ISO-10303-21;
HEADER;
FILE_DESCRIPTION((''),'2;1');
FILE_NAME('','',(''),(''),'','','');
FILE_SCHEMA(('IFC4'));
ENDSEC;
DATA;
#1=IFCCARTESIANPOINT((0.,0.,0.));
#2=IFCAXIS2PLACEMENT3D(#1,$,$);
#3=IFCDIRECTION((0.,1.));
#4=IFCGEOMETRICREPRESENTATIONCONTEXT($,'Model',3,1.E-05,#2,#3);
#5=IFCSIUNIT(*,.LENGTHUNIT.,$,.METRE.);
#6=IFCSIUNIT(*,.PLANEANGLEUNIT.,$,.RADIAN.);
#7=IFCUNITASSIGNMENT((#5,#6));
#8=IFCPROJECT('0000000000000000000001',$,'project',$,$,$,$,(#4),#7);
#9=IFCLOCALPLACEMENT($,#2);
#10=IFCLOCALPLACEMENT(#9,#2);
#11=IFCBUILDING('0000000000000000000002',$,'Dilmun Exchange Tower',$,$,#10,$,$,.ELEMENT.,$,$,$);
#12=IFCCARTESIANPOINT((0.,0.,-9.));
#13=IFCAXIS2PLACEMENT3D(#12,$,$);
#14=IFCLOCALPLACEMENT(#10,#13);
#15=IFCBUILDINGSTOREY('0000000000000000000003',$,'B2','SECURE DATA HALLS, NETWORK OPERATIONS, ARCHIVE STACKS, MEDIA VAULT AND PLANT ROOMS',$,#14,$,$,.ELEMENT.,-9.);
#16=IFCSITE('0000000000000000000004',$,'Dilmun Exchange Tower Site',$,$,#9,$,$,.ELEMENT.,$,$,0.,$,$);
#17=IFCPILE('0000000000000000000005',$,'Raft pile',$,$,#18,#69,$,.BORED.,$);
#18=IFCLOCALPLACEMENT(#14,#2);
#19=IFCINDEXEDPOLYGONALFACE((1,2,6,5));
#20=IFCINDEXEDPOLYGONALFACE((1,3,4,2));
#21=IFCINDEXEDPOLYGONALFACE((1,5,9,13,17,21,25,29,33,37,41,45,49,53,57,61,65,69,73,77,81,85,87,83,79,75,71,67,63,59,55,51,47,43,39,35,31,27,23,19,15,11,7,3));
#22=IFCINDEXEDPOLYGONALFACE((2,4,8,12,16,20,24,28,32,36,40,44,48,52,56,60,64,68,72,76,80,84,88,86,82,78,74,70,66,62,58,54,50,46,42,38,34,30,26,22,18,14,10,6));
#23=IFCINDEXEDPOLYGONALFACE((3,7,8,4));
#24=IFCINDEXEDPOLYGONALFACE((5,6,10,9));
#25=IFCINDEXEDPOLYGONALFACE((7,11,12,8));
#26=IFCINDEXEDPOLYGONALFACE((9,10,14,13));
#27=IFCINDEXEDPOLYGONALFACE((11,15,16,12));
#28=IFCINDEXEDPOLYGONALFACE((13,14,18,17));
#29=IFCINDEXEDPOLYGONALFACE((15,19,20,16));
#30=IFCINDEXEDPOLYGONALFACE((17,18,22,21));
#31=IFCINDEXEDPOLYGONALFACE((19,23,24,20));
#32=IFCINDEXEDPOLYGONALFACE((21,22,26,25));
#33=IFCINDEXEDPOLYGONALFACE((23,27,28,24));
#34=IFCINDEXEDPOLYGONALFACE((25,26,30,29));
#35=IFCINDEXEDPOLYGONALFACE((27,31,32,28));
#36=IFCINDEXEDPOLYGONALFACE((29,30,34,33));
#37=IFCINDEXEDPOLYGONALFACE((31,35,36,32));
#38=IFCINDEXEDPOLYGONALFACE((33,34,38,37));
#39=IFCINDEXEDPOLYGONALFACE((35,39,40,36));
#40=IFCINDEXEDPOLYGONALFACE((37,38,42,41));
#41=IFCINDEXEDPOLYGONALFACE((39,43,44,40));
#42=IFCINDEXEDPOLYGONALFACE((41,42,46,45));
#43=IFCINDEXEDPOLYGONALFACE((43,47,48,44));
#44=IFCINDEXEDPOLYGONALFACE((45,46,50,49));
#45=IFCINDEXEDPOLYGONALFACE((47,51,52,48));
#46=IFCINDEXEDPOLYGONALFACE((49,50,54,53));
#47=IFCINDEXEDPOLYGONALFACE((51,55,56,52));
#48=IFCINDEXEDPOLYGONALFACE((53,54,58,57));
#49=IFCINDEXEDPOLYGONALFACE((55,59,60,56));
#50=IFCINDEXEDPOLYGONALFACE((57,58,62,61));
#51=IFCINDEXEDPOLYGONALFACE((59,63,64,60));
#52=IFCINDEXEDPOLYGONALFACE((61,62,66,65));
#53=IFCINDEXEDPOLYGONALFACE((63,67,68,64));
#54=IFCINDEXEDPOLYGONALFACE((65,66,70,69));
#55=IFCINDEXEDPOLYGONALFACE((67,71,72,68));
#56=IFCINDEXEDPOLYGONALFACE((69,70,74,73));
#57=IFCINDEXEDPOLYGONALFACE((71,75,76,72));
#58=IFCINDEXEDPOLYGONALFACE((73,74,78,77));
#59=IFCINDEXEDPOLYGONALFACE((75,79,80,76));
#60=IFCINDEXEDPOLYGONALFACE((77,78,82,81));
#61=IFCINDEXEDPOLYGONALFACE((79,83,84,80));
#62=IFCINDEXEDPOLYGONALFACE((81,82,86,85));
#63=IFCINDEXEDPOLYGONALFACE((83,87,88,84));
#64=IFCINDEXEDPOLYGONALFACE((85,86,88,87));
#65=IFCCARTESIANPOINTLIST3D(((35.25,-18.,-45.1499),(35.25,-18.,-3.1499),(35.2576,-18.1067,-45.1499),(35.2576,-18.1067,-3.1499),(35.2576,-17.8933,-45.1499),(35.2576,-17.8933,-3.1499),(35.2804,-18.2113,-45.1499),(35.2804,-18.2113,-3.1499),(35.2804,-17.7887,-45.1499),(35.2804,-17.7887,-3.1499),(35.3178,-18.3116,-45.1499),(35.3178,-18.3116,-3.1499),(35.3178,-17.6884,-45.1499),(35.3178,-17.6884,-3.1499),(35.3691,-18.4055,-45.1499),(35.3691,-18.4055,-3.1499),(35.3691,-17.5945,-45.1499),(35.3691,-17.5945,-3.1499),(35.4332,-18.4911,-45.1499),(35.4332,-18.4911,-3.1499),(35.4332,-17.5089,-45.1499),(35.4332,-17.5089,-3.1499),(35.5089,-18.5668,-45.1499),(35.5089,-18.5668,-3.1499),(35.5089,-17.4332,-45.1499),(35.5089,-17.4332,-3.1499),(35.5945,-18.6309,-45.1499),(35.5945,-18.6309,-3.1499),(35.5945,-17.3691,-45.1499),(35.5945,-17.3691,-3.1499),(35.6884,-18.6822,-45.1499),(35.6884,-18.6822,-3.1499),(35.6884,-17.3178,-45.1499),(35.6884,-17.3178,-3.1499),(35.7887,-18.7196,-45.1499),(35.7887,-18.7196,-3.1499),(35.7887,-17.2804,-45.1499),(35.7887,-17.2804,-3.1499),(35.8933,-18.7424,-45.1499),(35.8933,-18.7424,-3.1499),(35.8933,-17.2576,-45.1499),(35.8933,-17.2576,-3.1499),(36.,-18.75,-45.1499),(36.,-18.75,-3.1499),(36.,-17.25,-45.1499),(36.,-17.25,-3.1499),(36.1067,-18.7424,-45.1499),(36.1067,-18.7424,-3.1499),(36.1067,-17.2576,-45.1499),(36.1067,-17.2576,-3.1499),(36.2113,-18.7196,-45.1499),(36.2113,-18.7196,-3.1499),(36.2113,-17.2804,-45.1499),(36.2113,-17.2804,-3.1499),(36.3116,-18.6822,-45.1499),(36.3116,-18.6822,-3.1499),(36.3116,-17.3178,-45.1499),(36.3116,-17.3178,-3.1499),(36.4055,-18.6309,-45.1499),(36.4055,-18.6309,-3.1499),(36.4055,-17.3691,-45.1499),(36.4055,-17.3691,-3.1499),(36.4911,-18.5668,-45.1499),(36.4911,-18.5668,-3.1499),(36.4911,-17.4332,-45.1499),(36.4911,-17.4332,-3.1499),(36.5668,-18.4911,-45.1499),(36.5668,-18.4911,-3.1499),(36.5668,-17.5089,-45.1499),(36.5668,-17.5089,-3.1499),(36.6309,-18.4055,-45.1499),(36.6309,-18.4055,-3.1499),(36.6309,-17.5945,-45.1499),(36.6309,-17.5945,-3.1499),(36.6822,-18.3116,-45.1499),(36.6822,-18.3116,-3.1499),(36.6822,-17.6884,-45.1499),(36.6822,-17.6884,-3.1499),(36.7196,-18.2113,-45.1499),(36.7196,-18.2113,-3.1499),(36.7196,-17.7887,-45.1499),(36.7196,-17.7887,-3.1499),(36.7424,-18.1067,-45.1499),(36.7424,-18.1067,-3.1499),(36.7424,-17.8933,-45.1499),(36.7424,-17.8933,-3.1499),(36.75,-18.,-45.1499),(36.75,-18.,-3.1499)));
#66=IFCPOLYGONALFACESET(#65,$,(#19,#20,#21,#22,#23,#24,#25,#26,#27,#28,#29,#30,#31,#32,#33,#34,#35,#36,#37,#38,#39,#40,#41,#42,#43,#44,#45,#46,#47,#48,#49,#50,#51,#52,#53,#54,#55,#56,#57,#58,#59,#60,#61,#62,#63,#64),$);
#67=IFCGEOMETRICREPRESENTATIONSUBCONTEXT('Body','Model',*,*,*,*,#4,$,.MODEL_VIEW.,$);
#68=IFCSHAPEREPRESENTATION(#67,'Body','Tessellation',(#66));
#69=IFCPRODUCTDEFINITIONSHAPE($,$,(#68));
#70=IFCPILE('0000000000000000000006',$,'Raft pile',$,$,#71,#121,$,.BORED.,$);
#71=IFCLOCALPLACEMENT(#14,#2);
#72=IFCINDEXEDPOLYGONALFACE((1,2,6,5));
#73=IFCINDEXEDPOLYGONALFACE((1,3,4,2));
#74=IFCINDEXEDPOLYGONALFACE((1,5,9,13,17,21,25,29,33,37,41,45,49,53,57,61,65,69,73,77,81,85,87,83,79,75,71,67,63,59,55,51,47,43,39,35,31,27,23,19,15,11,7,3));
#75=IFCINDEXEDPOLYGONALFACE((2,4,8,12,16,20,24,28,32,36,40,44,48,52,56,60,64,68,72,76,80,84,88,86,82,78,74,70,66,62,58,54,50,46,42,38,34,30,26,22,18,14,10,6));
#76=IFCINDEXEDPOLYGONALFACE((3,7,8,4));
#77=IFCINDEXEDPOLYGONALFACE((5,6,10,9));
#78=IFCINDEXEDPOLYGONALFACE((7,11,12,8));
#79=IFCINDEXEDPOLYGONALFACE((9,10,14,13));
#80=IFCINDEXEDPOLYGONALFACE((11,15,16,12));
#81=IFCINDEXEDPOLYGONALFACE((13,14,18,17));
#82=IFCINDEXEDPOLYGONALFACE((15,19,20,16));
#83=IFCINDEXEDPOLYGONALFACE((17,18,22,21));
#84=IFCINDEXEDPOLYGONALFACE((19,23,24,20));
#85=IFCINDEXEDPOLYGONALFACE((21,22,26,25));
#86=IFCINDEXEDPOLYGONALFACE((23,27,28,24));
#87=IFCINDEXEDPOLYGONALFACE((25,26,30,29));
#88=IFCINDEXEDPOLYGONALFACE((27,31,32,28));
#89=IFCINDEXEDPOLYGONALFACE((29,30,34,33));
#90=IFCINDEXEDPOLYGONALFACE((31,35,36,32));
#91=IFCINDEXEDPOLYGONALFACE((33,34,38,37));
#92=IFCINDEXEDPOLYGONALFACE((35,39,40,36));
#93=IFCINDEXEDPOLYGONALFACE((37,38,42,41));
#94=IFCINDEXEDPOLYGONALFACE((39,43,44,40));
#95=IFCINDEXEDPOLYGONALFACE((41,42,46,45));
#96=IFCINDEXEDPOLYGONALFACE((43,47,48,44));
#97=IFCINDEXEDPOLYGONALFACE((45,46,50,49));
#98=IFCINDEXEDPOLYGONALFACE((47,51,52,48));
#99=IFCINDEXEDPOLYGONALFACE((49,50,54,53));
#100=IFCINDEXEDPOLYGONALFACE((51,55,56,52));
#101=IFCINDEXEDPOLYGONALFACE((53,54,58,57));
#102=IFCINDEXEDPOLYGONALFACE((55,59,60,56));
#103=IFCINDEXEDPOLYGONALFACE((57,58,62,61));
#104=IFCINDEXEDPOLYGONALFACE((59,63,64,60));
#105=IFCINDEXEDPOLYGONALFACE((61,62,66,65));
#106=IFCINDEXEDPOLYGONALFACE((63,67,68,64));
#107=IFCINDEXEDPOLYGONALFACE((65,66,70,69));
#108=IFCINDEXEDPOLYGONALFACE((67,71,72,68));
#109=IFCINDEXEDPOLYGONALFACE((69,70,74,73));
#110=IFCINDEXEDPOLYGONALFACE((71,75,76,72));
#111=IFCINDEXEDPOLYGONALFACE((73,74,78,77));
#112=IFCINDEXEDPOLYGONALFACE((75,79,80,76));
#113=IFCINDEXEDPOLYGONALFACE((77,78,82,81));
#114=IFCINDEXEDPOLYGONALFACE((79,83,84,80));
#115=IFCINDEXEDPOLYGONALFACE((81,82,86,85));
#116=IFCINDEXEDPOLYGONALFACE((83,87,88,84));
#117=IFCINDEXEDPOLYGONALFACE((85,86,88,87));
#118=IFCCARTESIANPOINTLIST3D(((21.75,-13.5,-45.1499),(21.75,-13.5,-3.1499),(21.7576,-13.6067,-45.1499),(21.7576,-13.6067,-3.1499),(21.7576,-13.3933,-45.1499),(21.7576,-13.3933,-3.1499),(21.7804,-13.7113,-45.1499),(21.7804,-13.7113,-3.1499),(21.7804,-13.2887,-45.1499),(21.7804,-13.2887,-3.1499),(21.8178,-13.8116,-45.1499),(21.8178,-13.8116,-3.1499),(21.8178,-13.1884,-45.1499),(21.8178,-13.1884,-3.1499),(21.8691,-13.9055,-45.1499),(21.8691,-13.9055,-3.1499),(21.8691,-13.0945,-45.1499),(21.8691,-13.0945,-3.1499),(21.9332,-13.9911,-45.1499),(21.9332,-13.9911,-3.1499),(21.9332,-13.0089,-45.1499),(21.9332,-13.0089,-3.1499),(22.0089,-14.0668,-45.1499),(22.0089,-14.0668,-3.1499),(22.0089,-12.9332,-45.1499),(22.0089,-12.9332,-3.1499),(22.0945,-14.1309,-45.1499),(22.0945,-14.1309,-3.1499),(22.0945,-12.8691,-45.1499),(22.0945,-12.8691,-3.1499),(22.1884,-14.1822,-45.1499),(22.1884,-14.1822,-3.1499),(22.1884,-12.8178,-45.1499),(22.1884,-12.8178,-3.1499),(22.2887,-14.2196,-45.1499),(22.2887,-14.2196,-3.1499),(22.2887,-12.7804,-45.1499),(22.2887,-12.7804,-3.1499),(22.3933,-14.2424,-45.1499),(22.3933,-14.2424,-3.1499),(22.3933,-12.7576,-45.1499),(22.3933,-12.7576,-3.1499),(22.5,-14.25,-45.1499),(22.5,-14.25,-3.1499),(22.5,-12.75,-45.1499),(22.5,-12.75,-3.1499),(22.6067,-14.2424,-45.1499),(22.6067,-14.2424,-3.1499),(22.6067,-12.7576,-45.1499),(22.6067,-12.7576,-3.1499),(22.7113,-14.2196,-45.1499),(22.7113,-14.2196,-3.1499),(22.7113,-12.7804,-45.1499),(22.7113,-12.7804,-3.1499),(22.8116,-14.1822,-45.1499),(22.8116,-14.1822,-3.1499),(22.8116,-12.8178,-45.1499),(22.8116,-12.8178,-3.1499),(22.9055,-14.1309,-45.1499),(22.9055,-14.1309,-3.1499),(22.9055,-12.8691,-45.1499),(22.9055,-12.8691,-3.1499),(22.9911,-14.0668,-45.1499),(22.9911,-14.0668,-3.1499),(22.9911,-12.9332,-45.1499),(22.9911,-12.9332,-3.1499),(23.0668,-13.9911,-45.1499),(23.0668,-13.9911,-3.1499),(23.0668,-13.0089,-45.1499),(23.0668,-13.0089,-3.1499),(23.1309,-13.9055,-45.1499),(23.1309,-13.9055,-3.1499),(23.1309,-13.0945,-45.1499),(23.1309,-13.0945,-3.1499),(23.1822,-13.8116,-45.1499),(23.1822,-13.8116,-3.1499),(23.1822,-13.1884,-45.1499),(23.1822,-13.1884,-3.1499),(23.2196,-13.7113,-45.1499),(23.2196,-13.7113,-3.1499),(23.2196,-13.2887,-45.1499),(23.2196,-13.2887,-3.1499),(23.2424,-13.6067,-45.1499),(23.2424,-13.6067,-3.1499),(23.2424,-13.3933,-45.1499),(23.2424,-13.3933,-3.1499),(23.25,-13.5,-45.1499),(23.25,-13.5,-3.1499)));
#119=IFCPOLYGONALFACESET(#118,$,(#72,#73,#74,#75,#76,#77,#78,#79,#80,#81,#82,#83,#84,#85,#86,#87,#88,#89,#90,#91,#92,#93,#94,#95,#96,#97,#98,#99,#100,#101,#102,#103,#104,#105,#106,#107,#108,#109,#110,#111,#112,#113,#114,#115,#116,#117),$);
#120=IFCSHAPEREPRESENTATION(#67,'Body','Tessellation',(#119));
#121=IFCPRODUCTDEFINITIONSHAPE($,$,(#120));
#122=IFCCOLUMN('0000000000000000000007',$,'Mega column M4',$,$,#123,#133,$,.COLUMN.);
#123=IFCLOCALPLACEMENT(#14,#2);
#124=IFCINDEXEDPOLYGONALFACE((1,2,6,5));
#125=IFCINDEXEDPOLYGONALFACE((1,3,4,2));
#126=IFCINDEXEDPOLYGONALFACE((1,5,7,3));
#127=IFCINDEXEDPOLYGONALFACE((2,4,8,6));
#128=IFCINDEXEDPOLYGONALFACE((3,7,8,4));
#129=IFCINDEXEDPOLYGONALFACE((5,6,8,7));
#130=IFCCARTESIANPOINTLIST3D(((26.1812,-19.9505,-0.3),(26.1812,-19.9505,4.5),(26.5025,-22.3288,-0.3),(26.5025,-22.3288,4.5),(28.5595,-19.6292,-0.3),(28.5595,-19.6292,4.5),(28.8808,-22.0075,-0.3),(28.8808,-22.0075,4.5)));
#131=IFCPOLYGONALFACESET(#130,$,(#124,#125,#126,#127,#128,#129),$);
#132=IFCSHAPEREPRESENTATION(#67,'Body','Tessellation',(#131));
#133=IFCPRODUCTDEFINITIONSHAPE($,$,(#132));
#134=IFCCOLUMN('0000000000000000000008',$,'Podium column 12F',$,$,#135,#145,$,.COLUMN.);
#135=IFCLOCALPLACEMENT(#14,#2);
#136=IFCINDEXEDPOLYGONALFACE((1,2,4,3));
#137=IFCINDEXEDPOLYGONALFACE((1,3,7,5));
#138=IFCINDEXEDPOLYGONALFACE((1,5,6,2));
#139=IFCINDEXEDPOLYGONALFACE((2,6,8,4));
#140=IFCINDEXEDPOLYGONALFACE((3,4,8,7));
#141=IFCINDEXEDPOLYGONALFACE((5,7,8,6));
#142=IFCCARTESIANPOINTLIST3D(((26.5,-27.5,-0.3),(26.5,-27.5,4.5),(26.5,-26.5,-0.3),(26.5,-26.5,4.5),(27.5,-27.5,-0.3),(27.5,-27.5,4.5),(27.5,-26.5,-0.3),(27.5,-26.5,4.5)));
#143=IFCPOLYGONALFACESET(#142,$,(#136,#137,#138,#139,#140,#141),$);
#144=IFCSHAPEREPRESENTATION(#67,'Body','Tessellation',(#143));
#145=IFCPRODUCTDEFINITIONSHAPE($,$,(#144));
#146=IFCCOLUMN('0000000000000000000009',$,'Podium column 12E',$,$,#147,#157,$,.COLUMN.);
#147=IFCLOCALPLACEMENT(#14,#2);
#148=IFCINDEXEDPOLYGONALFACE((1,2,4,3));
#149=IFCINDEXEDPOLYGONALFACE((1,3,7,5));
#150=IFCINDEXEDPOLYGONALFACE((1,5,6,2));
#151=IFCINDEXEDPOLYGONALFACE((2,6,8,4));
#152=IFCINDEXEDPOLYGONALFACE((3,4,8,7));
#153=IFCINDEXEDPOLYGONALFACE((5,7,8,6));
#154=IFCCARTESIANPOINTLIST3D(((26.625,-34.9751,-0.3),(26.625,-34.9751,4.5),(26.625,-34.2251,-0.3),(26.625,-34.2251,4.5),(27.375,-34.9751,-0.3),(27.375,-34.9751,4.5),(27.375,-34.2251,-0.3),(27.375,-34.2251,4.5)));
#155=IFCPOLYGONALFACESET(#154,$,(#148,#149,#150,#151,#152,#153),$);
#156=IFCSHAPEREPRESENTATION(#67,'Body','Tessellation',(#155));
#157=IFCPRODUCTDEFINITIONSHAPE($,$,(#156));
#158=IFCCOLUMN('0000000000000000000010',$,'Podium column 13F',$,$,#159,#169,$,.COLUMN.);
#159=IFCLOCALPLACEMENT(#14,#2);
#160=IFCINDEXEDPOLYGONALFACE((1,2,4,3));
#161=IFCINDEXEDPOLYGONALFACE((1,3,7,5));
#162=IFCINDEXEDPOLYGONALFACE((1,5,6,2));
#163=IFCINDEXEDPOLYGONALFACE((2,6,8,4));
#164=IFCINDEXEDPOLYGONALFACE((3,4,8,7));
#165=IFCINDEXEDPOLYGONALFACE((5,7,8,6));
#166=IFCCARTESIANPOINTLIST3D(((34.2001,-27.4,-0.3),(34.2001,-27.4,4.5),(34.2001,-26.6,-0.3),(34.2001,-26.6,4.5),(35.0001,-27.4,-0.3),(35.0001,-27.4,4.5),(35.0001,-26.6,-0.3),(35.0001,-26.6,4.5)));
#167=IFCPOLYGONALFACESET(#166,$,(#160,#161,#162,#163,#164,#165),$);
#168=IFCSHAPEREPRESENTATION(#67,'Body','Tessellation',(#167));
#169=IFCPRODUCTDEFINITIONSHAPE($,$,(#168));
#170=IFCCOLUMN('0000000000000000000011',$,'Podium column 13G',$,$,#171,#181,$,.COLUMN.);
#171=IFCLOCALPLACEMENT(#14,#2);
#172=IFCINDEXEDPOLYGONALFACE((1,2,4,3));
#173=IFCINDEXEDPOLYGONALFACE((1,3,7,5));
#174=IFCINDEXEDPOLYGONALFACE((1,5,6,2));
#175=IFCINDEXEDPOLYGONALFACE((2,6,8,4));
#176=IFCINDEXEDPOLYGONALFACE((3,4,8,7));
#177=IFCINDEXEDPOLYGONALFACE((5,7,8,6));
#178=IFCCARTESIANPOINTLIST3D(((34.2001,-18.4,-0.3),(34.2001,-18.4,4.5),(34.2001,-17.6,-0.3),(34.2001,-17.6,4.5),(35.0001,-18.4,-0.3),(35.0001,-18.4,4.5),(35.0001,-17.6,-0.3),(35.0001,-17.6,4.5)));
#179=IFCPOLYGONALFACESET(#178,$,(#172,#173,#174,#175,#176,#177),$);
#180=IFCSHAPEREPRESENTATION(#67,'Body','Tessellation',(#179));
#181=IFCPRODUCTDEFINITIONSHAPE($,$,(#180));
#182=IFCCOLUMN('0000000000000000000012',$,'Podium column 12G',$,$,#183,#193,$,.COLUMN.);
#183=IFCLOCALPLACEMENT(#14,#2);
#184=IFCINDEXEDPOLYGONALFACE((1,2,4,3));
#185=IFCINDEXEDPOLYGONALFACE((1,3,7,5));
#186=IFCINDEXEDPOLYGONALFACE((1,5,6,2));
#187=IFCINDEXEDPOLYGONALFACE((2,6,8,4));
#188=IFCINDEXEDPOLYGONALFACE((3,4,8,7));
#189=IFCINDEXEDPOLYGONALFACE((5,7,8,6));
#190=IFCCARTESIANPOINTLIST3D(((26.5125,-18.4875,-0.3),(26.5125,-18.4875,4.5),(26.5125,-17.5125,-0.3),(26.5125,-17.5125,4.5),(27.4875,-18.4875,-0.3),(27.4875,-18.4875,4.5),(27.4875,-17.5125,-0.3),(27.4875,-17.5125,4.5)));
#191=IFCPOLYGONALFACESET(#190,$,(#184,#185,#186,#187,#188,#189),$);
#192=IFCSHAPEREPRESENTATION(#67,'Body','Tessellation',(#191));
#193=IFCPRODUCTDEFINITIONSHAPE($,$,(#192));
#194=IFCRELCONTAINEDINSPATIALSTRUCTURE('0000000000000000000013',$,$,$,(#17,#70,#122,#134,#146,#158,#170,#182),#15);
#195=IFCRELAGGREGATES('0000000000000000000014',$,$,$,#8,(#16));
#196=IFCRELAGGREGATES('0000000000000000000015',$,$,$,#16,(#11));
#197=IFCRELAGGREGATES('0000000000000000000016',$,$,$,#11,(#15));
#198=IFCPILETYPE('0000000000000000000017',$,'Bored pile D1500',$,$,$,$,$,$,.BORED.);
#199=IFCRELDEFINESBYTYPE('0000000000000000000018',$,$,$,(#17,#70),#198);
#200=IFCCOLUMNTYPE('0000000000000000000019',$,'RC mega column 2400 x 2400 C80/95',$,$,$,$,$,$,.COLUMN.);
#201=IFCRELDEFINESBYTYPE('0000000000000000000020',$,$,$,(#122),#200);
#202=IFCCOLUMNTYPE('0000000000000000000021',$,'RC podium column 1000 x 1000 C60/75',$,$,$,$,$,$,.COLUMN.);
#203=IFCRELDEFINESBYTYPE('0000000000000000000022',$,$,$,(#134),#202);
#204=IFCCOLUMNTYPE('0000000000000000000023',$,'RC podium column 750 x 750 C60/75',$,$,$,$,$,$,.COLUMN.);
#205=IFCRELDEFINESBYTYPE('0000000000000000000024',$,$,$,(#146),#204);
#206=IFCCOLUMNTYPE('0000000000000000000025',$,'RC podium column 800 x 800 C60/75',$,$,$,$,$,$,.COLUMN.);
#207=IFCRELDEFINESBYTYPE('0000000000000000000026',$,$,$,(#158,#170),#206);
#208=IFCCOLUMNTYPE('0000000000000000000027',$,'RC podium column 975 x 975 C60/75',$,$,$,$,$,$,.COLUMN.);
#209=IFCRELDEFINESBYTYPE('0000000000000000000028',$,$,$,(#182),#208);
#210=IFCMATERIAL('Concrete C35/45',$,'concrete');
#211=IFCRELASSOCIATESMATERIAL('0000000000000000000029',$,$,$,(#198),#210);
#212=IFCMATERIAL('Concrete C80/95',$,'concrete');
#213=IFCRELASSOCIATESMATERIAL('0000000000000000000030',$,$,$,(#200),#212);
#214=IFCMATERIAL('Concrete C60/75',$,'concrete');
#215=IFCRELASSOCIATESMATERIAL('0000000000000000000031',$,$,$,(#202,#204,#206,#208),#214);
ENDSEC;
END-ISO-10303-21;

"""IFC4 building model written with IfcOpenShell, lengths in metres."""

from ifc_helpers import new_model, si_unit, direction, frame, origin, origin_2d, place, context, subcontext, project, spatial, rectangle, circle, extrude, material, material_profile, profile_set, type_object, element, save


model = new_model("IFC4")

# Units and contexts
model_context = context("Model", 3, precision=1e-05, world=origin(), true_north=direction((0.0, 1.0)))
body_context = subcontext(model_context, "Body", "Model", "MODEL_VIEW")
ifc_project = project(units=[si_unit("LENGTHUNIT", "METRE"), si_unit("PLANEANGLEUNIT", "RADIAN")], contexts=[model_context])

# Site, building, storey
site_placement = place(None, origin())
site = spatial("IfcSite", under=ifc_project, at=site_placement, Name="Dilmun Exchange Tower Site", CompositionType="ELEMENT", RefElevation=0.0)
building_placement = place(site_placement, origin())
building = spatial("IfcBuilding", under=site, at=building_placement, Name="Dilmun Exchange Tower", CompositionType="ELEMENT")
storey_placement = place(building_placement, frame((0.0, 0.0, -9.0)))
storey = spatial("IfcBuildingStorey", under=building, at=storey_placement, Name="B2", Description="SECURE DATA HALLS, NETWORK OPERATIONS, ARCHIVE STACKS, MEDIA VAULT AND PLANT ROOMS", CompositionType="ELEMENT", Elevation=-9.0)

# Piles
ifc_material_1 = material(Name="Concrete C35/45", Category="concrete")
ifc_material_profile_1 = material_profile(ifc_material_1, circle(Radius=0.75, at=origin_2d()), Name="D1500")
ifc_profile_set_1 = profile_set([ifc_material_profile_1], Name="Concrete C35/45")
pile_type = type_object("IfcPileType", Name="Bored pile D1500", PredefinedType="BORED", material=ifc_profile_set_1)
for number, where, z_axis, x_axis, name in (
    (1, (36.0, -18.0, -3.1499), (0.0, 0.0, -1.0), (1.0, 0.0, 0.0), "Raft pile"),
    (2, (22.5, -13.5, -3.1499), (0.0, 0.0, -1.0), (1.0, 0.0, 0.0), "Raft pile"),
):
    element("IfcPile", number, at=place(storey_placement, frame(where, z_axis=z_axis, x_axis=x_axis)), inside=storey, type_object=pile_type, Name=name, PredefinedType="BORED", context=body_context, shape_type="SweptSolid", body=[
        extrude(circle(Radius=0.75, at=origin_2d()), origin(), (0.0, 0.0, 1.0), 42.0),
    ])

# Columns
ifc_material_2 = material(Name="Concrete C80/95", Category="concrete")
ifc_material_profile_2 = material_profile(ifc_material_2, rectangle(XDim=2.3999, YDim=2.3999, at=origin_2d()), Name="2400 x 2400")
ifc_profile_set_2 = profile_set([ifc_material_profile_2], Name="Concrete C80/95")
column_type_1 = type_object("IfcColumnType", Name="RC mega column 2400 x 2400 C80/95", PredefinedType="COLUMN", material=ifc_profile_set_2)
column_1_placement = place(storey_placement, frame((27.531, -20.979, -0.3), z_axis=(0.0, 0.0, 1.0), x_axis=(0.991001, 0.133853, 0.0)))
element("IfcColumn", 3, at=column_1_placement, inside=storey, type_object=column_type_1, Name="Mega column M4", PredefinedType="COLUMN", context=body_context, shape_type="SweptSolid", body=[
    extrude(rectangle(XDim=2.3999, YDim=2.3999, at=origin_2d()), origin(), (0.0, 0.0, 1.0), 4.8),
])
ifc_material_3 = material(Name="Concrete C60/75", Category="concrete")
ifc_material_profile_3 = material_profile(ifc_material_3, rectangle(XDim=1.0, YDim=1.0, at=origin_2d()), Name="1000 x 1000")
ifc_profile_set_3 = profile_set([ifc_material_profile_3], Name="Concrete C60/75")
column_type_2 = type_object("IfcColumnType", Name="RC podium column 1000 x 1000 C60/75", PredefinedType="COLUMN", material=ifc_profile_set_3)
column_2_placement = place(storey_placement, frame((27.0, -27.0, -0.3), z_axis=(0.0, 0.0, 1.0), x_axis=(1.0, 0.0, 0.0)))
element("IfcColumn", 4, at=column_2_placement, inside=storey, type_object=column_type_2, Name="Podium column 12F", PredefinedType="COLUMN", context=body_context, shape_type="SweptSolid", body=[
    extrude(rectangle(XDim=1.0, YDim=1.0, at=origin_2d()), origin(), (0.0, 0.0, 1.0), 4.8),
])
ifc_material_profile_4 = material_profile(ifc_material_3, rectangle(XDim=0.75, YDim=0.75, at=origin_2d()), Name="750 x 750")
ifc_profile_set_4 = profile_set([ifc_material_profile_4], Name="Concrete C60/75")
column_type_3 = type_object("IfcColumnType", Name="RC podium column 750 x 750 C60/75", PredefinedType="COLUMN", material=ifc_profile_set_4)
column_3_placement = place(storey_placement, frame((27.0, -34.6001, -0.3), z_axis=(0.0, 0.0, 1.0), x_axis=(1.0, 0.0, 0.0)))
element("IfcColumn", 5, at=column_3_placement, inside=storey, type_object=column_type_3, Name="Podium column 12E", PredefinedType="COLUMN", context=body_context, shape_type="SweptSolid", body=[
    extrude(rectangle(XDim=0.75, YDim=0.75, at=origin_2d()), origin(), (0.0, 0.0, 1.0), 4.8),
])
ifc_material_profile_5 = material_profile(ifc_material_3, rectangle(XDim=0.8, YDim=0.8, at=origin_2d()), Name="800 x 800")
ifc_profile_set_5 = profile_set([ifc_material_profile_5], Name="Concrete C60/75")
column_type_4 = type_object("IfcColumnType", Name="RC podium column 800 x 800 C60/75", PredefinedType="COLUMN", material=ifc_profile_set_5)
for number, where, z_axis, x_axis, name in (
    (6, (34.6001, -27.0, -0.3), (0.0, 0.0, 1.0), (1.0, 0.0, 0.0), "Podium column 13F"),
    (7, (34.6001, -18.0, -0.3), (0.0, 0.0, 1.0), (1.0, 0.0, 0.0), "Podium column 13G"),
):
    element("IfcColumn", number, at=place(storey_placement, frame(where, z_axis=z_axis, x_axis=x_axis)), inside=storey, type_object=column_type_4, Name=name, PredefinedType="COLUMN", context=body_context, shape_type="SweptSolid", body=[
        extrude(rectangle(XDim=0.8, YDim=0.8, at=origin_2d()), origin(), (0.0, 0.0, 1.0), 4.8),
    ])
ifc_material_profile_6 = material_profile(ifc_material_3, rectangle(XDim=0.9751, YDim=0.9751, at=origin_2d()), Name="975 x 975")
ifc_profile_set_6 = profile_set([ifc_material_profile_6], Name="Concrete C60/75")
column_type_5 = type_object("IfcColumnType", Name="RC podium column 975 x 975 C60/75", PredefinedType="COLUMN", material=ifc_profile_set_6)
column_4_placement = place(storey_placement, frame((27.0, -18.0, -0.3), z_axis=(0.0, 0.0, 1.0), x_axis=(1.0, 0.0, 0.0)))
element("IfcColumn", 8, at=column_4_placement, inside=storey, type_object=column_type_5, Name="Podium column 12G", PredefinedType="COLUMN", context=body_context, shape_type="SweptSolid", body=[
    extrude(rectangle(XDim=0.9751, YDim=0.9751, at=origin_2d()), origin(), (0.0, 0.0, 1.0), 4.8),
])

save(model, "model.ifc")
